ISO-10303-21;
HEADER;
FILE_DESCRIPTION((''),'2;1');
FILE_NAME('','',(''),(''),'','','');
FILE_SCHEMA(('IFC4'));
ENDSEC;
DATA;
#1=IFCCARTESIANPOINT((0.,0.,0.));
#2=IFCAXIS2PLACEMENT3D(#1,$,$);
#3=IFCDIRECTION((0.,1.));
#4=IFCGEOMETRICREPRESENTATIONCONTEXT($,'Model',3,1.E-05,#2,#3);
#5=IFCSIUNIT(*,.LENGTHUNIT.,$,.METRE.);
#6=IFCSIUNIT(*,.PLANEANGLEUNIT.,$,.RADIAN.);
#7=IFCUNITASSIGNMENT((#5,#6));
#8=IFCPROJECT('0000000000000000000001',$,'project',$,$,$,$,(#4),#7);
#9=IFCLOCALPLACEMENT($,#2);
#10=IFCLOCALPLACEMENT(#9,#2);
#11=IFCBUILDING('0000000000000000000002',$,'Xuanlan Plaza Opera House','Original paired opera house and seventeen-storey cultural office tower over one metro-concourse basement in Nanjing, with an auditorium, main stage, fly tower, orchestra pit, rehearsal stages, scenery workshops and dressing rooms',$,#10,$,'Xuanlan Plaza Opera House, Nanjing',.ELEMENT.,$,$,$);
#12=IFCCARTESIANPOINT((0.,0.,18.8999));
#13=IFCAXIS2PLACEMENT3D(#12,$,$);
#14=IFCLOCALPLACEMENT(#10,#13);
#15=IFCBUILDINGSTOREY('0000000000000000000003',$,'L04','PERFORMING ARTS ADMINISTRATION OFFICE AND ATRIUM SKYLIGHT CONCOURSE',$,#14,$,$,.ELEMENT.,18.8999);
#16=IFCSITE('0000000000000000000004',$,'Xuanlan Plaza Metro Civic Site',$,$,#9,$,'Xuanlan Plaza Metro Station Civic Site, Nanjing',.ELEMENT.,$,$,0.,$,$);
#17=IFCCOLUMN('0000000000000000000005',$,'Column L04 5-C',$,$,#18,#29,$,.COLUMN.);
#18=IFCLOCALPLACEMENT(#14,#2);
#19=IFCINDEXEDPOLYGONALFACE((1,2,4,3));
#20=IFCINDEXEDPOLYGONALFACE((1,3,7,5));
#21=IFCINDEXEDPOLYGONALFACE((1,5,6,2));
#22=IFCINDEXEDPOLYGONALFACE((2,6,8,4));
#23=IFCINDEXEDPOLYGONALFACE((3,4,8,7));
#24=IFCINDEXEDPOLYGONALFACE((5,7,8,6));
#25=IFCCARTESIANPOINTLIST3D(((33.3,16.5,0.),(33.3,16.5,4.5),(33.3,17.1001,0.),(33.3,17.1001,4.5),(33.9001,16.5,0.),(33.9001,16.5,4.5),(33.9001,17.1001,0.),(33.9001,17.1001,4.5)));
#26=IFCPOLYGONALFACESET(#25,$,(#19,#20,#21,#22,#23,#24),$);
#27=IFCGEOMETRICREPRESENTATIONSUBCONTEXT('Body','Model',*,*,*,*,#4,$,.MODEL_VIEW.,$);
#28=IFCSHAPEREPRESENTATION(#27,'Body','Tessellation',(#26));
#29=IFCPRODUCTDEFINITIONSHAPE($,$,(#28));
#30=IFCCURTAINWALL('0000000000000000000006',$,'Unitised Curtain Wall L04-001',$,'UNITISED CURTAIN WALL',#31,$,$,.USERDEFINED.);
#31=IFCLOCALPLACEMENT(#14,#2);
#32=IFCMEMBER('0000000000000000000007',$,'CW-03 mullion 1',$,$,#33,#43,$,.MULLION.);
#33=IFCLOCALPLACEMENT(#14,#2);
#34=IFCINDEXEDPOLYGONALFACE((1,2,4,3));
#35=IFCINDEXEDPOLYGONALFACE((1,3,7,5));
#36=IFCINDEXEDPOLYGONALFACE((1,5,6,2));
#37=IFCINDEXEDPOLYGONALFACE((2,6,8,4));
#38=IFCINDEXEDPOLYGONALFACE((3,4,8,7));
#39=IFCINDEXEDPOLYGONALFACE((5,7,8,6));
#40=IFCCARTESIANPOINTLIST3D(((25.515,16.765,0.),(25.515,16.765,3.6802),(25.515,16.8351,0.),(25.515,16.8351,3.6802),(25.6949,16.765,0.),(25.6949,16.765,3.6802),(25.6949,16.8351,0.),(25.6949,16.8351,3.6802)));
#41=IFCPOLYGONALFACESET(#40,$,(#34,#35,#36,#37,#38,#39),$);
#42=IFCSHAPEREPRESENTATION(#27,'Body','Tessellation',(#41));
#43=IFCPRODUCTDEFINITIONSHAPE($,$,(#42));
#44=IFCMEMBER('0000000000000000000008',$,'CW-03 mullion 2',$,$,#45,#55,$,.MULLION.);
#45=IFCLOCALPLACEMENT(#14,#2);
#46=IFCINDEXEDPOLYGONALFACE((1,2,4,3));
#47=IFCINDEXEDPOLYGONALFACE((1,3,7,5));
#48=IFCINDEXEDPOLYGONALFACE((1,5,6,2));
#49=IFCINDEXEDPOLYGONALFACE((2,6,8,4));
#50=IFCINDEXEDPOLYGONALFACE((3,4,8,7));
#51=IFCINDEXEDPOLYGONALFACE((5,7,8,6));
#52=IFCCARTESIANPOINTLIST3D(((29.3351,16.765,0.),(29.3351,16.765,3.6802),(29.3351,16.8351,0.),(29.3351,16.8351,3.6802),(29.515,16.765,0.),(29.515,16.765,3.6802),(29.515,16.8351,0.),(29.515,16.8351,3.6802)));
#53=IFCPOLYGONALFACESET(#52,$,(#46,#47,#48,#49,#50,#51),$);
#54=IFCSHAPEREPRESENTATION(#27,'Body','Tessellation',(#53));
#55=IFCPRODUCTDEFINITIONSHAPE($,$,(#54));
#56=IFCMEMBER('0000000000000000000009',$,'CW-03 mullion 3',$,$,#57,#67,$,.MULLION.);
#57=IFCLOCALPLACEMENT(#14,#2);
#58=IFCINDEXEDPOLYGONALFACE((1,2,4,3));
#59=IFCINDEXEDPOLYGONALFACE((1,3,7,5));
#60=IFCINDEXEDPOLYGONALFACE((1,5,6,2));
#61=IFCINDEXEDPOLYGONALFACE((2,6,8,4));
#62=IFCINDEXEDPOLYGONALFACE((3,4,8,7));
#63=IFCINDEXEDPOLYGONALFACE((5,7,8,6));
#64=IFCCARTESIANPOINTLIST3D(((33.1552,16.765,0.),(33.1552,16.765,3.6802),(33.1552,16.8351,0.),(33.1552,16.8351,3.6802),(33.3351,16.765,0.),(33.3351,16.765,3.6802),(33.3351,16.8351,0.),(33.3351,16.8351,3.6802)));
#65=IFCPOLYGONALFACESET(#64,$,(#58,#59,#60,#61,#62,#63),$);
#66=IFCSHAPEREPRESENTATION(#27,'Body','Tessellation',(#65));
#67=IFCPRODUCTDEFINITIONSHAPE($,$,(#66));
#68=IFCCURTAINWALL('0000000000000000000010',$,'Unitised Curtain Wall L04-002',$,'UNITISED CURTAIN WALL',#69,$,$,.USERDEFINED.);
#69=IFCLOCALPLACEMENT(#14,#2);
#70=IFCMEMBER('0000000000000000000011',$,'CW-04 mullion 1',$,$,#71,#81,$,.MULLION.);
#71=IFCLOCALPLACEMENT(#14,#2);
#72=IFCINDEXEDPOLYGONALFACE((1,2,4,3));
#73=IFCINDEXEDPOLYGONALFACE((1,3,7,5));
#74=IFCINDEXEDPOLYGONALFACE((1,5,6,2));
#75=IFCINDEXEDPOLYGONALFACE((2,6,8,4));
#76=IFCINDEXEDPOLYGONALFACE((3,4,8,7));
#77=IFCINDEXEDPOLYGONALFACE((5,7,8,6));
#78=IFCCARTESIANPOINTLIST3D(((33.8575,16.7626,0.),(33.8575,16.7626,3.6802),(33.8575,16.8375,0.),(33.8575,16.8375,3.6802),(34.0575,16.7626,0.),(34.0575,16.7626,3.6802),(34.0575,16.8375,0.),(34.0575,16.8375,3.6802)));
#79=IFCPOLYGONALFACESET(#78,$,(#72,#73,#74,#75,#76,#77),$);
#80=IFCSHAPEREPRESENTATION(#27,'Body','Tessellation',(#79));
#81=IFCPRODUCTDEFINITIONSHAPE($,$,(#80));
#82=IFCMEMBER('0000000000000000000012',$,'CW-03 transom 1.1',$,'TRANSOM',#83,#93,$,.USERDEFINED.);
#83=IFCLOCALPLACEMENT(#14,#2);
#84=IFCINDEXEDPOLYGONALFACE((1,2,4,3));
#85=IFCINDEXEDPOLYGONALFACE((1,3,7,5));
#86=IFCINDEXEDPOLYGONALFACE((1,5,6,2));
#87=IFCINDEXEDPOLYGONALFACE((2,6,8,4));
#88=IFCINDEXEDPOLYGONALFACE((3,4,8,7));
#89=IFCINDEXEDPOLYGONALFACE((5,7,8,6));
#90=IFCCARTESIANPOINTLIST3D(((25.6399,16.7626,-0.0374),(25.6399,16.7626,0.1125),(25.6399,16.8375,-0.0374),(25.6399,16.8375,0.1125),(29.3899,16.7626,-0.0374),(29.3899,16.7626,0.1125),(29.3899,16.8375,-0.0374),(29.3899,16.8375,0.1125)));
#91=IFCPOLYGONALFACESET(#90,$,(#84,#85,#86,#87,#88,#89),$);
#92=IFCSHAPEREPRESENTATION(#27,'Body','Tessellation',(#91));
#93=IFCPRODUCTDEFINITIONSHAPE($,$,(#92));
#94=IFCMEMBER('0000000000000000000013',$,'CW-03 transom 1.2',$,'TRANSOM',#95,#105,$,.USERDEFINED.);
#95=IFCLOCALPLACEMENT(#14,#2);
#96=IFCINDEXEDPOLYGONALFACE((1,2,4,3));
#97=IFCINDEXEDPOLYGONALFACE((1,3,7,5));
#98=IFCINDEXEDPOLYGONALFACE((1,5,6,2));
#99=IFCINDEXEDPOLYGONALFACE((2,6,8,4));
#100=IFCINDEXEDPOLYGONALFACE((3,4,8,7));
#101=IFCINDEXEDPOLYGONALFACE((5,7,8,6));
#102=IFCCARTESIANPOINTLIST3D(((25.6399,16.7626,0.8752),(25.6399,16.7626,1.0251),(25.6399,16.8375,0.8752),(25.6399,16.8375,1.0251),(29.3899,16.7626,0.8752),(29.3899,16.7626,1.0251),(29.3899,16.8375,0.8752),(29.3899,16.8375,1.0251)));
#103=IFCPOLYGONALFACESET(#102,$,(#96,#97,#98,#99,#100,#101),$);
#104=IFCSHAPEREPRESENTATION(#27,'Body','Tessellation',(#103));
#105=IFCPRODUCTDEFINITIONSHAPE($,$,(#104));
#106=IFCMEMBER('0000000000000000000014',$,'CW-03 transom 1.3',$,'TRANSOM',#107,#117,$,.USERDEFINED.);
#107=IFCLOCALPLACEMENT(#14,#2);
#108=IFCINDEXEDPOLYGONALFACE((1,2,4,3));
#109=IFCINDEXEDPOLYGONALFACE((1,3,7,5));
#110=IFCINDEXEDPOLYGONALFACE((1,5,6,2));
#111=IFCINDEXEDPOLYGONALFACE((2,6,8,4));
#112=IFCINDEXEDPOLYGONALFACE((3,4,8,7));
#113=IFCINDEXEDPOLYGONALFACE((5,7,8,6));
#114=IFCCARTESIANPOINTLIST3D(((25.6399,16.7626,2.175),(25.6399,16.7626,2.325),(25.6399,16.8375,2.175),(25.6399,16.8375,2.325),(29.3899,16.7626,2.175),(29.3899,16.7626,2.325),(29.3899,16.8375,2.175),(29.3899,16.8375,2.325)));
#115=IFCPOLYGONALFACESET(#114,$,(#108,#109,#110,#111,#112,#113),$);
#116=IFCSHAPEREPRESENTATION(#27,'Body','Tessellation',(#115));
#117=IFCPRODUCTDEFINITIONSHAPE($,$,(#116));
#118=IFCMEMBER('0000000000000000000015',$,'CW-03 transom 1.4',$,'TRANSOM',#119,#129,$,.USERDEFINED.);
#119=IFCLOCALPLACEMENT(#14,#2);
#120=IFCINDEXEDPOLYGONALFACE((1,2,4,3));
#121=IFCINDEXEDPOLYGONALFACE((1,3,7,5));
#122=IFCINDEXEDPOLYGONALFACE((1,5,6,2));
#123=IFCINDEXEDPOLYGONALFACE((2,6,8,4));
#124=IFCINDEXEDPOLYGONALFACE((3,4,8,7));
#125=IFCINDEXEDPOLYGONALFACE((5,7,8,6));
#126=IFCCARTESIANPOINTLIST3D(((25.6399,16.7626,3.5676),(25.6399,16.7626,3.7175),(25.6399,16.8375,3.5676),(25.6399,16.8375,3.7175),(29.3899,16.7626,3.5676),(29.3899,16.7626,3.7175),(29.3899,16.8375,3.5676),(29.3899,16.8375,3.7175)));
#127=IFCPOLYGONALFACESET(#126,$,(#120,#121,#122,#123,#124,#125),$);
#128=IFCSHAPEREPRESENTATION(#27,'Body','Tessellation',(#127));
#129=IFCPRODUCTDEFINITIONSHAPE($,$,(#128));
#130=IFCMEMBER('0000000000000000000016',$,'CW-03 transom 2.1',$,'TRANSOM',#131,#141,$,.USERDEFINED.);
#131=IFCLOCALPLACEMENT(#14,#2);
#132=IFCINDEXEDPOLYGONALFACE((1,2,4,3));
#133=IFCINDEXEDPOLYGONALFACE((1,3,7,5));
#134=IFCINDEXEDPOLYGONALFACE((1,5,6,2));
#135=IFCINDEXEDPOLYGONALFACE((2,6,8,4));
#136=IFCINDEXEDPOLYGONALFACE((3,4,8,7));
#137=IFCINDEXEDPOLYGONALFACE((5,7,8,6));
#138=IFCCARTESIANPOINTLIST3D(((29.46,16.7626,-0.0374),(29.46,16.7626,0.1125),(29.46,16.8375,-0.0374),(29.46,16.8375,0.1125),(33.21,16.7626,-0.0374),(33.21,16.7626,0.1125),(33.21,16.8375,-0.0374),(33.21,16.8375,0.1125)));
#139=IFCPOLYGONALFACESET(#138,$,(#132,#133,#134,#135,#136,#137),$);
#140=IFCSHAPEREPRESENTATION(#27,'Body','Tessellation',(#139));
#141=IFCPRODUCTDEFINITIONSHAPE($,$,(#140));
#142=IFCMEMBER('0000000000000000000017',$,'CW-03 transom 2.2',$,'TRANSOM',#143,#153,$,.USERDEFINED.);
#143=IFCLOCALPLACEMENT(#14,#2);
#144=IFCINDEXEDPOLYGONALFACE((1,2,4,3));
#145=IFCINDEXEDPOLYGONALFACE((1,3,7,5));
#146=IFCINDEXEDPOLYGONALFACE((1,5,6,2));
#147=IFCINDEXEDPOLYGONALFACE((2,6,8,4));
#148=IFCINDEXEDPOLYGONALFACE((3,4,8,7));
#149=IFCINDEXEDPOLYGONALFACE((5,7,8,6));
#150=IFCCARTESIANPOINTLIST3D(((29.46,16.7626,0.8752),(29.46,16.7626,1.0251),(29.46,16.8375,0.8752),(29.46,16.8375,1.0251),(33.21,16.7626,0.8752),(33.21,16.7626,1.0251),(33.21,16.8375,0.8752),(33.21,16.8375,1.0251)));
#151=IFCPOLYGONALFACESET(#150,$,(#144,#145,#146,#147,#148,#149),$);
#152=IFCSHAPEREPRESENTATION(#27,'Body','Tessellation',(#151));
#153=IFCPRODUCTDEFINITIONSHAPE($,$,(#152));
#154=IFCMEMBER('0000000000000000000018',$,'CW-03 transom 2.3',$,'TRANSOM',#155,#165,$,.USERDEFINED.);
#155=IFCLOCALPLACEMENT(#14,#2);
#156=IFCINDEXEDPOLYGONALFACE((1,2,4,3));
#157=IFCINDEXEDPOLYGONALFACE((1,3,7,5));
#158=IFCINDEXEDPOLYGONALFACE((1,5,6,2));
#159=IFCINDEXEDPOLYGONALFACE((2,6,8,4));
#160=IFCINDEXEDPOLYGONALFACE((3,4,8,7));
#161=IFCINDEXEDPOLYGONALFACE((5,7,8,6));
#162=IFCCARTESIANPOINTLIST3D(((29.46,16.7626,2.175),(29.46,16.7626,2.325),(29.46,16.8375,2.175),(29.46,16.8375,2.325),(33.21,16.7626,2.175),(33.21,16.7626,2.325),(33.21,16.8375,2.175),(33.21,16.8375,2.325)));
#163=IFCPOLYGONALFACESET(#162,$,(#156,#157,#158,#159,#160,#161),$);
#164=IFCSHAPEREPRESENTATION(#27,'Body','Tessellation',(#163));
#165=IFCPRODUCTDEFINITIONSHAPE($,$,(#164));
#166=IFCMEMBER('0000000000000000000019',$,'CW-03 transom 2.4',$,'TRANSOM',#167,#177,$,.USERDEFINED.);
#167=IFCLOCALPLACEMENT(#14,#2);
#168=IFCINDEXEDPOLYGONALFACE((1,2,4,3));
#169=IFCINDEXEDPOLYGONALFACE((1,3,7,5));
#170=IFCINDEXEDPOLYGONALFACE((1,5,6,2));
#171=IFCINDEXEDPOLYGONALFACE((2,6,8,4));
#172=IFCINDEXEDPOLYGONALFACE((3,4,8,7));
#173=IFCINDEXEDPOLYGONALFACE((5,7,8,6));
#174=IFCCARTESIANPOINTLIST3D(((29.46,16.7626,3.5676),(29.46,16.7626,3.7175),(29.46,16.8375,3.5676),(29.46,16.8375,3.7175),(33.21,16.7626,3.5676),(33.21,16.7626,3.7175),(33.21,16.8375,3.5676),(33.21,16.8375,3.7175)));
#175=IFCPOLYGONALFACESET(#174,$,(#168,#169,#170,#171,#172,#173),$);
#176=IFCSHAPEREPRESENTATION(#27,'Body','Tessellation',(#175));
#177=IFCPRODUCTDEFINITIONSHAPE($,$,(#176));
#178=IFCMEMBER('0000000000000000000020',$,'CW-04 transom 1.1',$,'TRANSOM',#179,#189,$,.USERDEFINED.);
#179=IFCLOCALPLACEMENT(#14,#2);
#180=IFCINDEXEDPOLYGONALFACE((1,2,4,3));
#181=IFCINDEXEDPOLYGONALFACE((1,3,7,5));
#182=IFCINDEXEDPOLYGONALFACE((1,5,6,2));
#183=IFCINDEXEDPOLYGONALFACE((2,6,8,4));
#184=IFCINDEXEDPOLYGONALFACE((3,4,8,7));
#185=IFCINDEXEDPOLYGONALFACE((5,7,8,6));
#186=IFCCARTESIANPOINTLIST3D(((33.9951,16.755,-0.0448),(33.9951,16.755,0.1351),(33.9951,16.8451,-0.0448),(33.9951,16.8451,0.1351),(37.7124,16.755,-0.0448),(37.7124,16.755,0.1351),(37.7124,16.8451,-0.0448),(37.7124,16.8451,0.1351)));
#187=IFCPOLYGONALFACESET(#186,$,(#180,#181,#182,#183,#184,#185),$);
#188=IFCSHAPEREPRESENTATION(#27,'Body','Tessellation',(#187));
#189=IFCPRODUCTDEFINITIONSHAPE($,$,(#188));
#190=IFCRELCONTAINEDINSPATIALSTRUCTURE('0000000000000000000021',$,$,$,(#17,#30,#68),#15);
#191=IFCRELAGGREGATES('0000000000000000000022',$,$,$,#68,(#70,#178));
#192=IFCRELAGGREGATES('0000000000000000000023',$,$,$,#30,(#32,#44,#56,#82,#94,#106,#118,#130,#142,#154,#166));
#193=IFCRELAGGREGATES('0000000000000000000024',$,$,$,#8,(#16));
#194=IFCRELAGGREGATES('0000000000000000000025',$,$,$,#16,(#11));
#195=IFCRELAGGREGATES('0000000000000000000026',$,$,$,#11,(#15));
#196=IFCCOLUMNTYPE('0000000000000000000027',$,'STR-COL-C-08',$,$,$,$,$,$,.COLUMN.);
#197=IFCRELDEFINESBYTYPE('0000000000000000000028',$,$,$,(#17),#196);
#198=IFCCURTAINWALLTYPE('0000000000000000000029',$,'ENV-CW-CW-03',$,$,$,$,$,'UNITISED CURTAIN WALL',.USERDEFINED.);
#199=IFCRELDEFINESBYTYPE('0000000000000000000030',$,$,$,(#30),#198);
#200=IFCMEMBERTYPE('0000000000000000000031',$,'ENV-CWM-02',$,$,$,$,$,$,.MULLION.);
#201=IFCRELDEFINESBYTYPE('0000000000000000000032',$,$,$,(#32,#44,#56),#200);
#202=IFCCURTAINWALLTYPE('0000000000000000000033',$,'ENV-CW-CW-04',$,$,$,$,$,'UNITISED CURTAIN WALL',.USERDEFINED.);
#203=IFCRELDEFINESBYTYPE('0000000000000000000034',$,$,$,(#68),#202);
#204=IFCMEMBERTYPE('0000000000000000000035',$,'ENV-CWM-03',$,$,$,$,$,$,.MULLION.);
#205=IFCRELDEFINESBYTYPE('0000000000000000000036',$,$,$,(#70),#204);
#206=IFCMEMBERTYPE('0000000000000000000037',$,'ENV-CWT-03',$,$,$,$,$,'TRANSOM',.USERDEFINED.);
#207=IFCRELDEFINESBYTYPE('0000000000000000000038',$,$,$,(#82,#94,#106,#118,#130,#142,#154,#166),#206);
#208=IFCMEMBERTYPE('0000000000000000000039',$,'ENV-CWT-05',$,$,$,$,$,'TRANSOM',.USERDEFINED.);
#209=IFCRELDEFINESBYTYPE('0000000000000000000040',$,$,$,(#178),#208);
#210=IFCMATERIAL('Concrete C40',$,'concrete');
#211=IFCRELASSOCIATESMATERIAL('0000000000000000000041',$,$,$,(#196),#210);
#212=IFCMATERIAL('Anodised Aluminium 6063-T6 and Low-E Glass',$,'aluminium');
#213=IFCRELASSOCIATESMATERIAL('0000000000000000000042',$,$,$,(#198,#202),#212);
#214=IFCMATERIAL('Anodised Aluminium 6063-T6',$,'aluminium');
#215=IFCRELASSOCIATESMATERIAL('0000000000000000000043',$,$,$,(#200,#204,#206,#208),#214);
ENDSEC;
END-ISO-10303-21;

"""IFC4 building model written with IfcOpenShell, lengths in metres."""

from ifc_helpers import new_model, si_unit, direction, frame, origin, origin_2d, place, context, subcontext, project, spatial, rectangle, extrude, material, material_profile, profile_set, type_object, element, aggregate, save


model = new_model("IFC4")

# Units and contexts
model_context = context("Model", 3, precision=1e-05, world=origin(), true_north=direction((0.0, 1.0)))
body_context = subcontext(model_context, "Body", "Model", "MODEL_VIEW")
ifc_project = project(units=[si_unit("LENGTHUNIT", "METRE"), si_unit("PLANEANGLEUNIT", "RADIAN")], contexts=[model_context])

# Site, building, storey
site_placement = place(None, origin())
site = spatial("IfcSite", under=ifc_project, at=site_placement, Name="Xuanlan Plaza Metro Civic Site", LongName="Xuanlan Plaza Metro Station Civic Site, Nanjing", CompositionType="ELEMENT", RefElevation=0.0)
building_placement = place(site_placement, origin())
building = spatial("IfcBuilding", under=site, at=building_placement, Name="Xuanlan Plaza Opera House", Description="Original paired opera house and seventeen-storey cultural office tower over one metro-concourse basement in Nanjing, with an auditorium, main stage, fly tower, orchestra pit, rehearsal stages, scenery workshops and dressing rooms", LongName="Xuanlan Plaza Opera House, Nanjing", CompositionType="ELEMENT")
storey_placement = place(building_placement, frame((0.0, 0.0, 18.8999)))
storey = spatial("IfcBuildingStorey", under=building, at=storey_placement, Name="L04", Description="PERFORMING ARTS ADMINISTRATION OFFICE AND ATRIUM SKYLIGHT CONCOURSE", CompositionType="ELEMENT", Elevation=18.8999)

# Column
ifc_material_1 = material(Name="Concrete C40", Category="concrete")
ifc_material_profile_1 = material_profile(ifc_material_1, rectangle(XDim=0.6001, YDim=0.6001, at=origin_2d()), Name="RC-COL 600x600")
ifc_profile_set_1 = profile_set([ifc_material_profile_1], Name="Concrete C40")
column_type = type_object("IfcColumnType", Name="STR-COL-C-08", PredefinedType="COLUMN", material=ifc_profile_set_1)
column_placement = place(storey_placement, frame((33.6001, 16.8, 0.0), z_axis=(0.0, 0.0, 1.0), x_axis=(1.0, 0.0, 0.0)))
element("IfcColumn", 1, at=column_placement, inside=storey, type_object=column_type, Name="Column L04 5-C", PredefinedType="COLUMN", context=body_context, shape_type="SweptSolid", body=[
    extrude(rectangle(XDim=0.6001, YDim=0.6001, at=origin_2d()), origin(), (0.0, 0.0, 1.0), 4.5),
])

# Curtain wall, members
ifc_material_2 = material(Name="Anodised Aluminium 6063-T6 and Low-E Glass", Category="aluminium")
curtain_wall_type_1 = type_object("IfcCurtainWallType", Name="ENV-CW-CW-03", ElementType="UNITISED CURTAIN WALL", PredefinedType="USERDEFINED", material=ifc_material_2)
curtain_wall_1_placement = place(storey_placement, origin())
curtain_wall_1 = element("IfcCurtainWall", 2, at=curtain_wall_1_placement, inside=storey, type_object=curtain_wall_type_1, Name="Unitised Curtain Wall L04-001", ObjectType="UNITISED CURTAIN WALL", PredefinedType="USERDEFINED")
ifc_material_3 = material(Name="Anodised Aluminium 6063-T6", Category="aluminium")
ifc_material_profile_2 = material_profile(ifc_material_3, rectangle(XDim=0.0701, YDim=0.1799, at=origin_2d()), Name="ALU-M 70x180")
ifc_profile_set_2 = profile_set([ifc_material_profile_2], Name="Anodised Aluminium 6063-T6")
member_type_1 = type_object("IfcMemberType", Name="ENV-CWM-02", PredefinedType="MULLION", material=ifc_profile_set_2)
member_1_placement = place(storey_placement, frame((25.605, 16.8, 0.0), z_axis=(0.0, 0.0, 1.0), x_axis=(0.0, 1.0, 0.0)))
member_1 = element("IfcMember", 3, at=member_1_placement, type_object=member_type_1, Name="CW-03 mullion 1", PredefinedType="MULLION", context=body_context, shape_type="SweptSolid", body=[
    extrude(rectangle(XDim=0.0701, YDim=0.1799, at=origin_2d()), origin(), (0.0, 0.0, 1.0), 3.6802),
])
member_2_placement = place(storey_placement, frame((29.425, 16.8, 0.0), z_axis=(0.0, 0.0, 1.0), x_axis=(0.0, 1.0, 0.0)))
member_2 = element("IfcMember", 4, at=member_2_placement, type_object=member_type_1, Name="CW-03 mullion 2", PredefinedType="MULLION", context=body_context, shape_type="SweptSolid", body=[
    extrude(rectangle(XDim=0.0701, YDim=0.1799, at=origin_2d()), origin(), (0.0, 0.0, 1.0), 3.6802),
])
member_3_placement = place(storey_placement, frame((33.2451, 16.8, 0.0), z_axis=(0.0, 0.0, 1.0), x_axis=(0.0, 1.0, 0.0)))
member_3 = element("IfcMember", 5, at=member_3_placement, type_object=member_type_1, Name="CW-03 mullion 3", PredefinedType="MULLION", context=body_context, shape_type="SweptSolid", body=[
    extrude(rectangle(XDim=0.0701, YDim=0.1799, at=origin_2d()), origin(), (0.0, 0.0, 1.0), 3.6802),
])

# Curtain wall, member
curtain_wall_type_2 = type_object("IfcCurtainWallType", Name="ENV-CW-CW-04", ElementType="UNITISED CURTAIN WALL", PredefinedType="USERDEFINED", material=ifc_material_2)
curtain_wall_2_placement = place(storey_placement, origin())
curtain_wall_2 = element("IfcCurtainWall", 6, at=curtain_wall_2_placement, inside=storey, type_object=curtain_wall_type_2, Name="Unitised Curtain Wall L04-002", ObjectType="UNITISED CURTAIN WALL", PredefinedType="USERDEFINED")
ifc_material_profile_3 = material_profile(ifc_material_3, rectangle(XDim=0.075, YDim=0.2, at=origin_2d()), Name="ALU-M 75x200")
ifc_profile_set_3 = profile_set([ifc_material_profile_3], Name="Anodised Aluminium 6063-T6")
member_type_2 = type_object("IfcMemberType", Name="ENV-CWM-03", PredefinedType="MULLION", material=ifc_profile_set_3)
member_4_placement = place(storey_placement, frame((33.9575, 16.8, 0.0), z_axis=(0.0, 0.0, 1.0), x_axis=(0.0, 1.0, 0.0)))
member_4 = element("IfcMember", 7, at=member_4_placement, type_object=member_type_2, Name="CW-04 mullion 1", PredefinedType="MULLION", context=body_context, shape_type="SweptSolid", body=[
    extrude(rectangle(XDim=0.075, YDim=0.2, at=origin_2d()), origin(), (0.0, 0.0, 1.0), 3.6802),
])

# Members
ifc_material_profile_4 = material_profile(ifc_material_3, rectangle(XDim=0.075, YDim=0.1499, at=origin_2d()), Name="ALU-T 75x150")
ifc_profile_set_4 = profile_set([ifc_material_profile_4], Name="Anodised Aluminium 6063-T6")
member_type_3 = type_object("IfcMemberType", Name="ENV-CWT-03", ElementType="TRANSOM", PredefinedType="USERDEFINED", material=ifc_profile_set_4)
member_5_placement = place(storey_placement, frame((25.6399, 16.8, 0.0376), z_axis=(1.0, 0.0, 0.0), x_axis=(0.0, 1.0, 0.0)))
member_5 = element("IfcMember", 8, at=member_5_placement, type_object=member_type_3, Name="CW-03 transom 1.1", ObjectType="TRANSOM", PredefinedType="USERDEFINED", context=body_context, shape_type="SweptSolid", body=[
    extrude(rectangle(XDim=0.075, YDim=0.1499, at=origin_2d()), origin(), (0.0, 0.0, 1.0), 3.75),
])
member_6_placement = place(storey_placement, frame((25.6399, 16.8, 0.9502), z_axis=(1.0, 0.0, 0.0), x_axis=(0.0, 1.0, 0.0)))
member_6 = element("IfcMember", 9, at=member_6_placement, type_object=member_type_3, Name="CW-03 transom 1.2", ObjectType="TRANSOM", PredefinedType="USERDEFINED", context=body_context, shape_type="SweptSolid", body=[
    extrude(rectangle(XDim=0.075, YDim=0.1499, at=origin_2d()), origin(), (0.0, 0.0, 1.0), 3.75),
])
member_7_placement = place(storey_placement, frame((25.6399, 16.8, 2.25), z_axis=(1.0, 0.0, 0.0), x_axis=(0.0, 1.0, 0.0)))
member_7 = element("IfcMember", 10, at=member_7_placement, type_object=member_type_3, Name="CW-03 transom 1.3", ObjectType="TRANSOM", PredefinedType="USERDEFINED", context=body_context, shape_type="SweptSolid", body=[
    extrude(rectangle(XDim=0.075, YDim=0.1499, at=origin_2d()), origin(), (0.0, 0.0, 1.0), 3.75),
])
member_8_placement = place(storey_placement, frame((25.6399, 16.8, 3.6426), z_axis=(1.0, 0.0, 0.0), x_axis=(0.0, 1.0, 0.0)))
member_8 = element("IfcMember", 11, at=member_8_placement, type_object=member_type_3, Name="CW-03 transom 1.4", ObjectType="TRANSOM", PredefinedType="USERDEFINED", context=body_context, shape_type="SweptSolid", body=[
    extrude(rectangle(XDim=0.075, YDim=0.1499, at=origin_2d()), origin(), (0.0, 0.0, 1.0), 3.75),
])
member_9_placement = place(storey_placement, frame((29.46, 16.8, 0.0376), z_axis=(1.0, 0.0, 0.0), x_axis=(0.0, 1.0, 0.0)))
member_9 = element("IfcMember", 12, at=member_9_placement, type_object=member_type_3, Name="CW-03 transom 2.1", ObjectType="TRANSOM", PredefinedType="USERDEFINED", context=body_context, shape_type="SweptSolid", body=[
    extrude(rectangle(XDim=0.075, YDim=0.1499, at=origin_2d()), origin(), (0.0, 0.0, 1.0), 3.75),
])
member_10_placement = place(storey_placement, frame((29.46, 16.8, 0.9502), z_axis=(1.0, 0.0, 0.0), x_axis=(0.0, 1.0, 0.0)))
member_10 = element("IfcMember", 13, at=member_10_placement, type_object=member_type_3, Name="CW-03 transom 2.2", ObjectType="TRANSOM", PredefinedType="USERDEFINED", context=body_context, shape_type="SweptSolid", body=[
    extrude(rectangle(XDim=0.075, YDim=0.1499, at=origin_2d()), origin(), (0.0, 0.0, 1.0), 3.75),
])
member_11_placement = place(storey_placement, frame((29.46, 16.8, 2.25), z_axis=(1.0, 0.0, 0.0), x_axis=(0.0, 1.0, 0.0)))
member_11 = element("IfcMember", 14, at=member_11_placement, type_object=member_type_3, Name="CW-03 transom 2.3", ObjectType="TRANSOM", PredefinedType="USERDEFINED", context=body_context, shape_type="SweptSolid", body=[
    extrude(rectangle(XDim=0.075, YDim=0.1499, at=origin_2d()), origin(), (0.0, 0.0, 1.0), 3.75),
])
member_12_placement = place(storey_placement, frame((29.46, 16.8, 3.6426), z_axis=(1.0, 0.0, 0.0), x_axis=(0.0, 1.0, 0.0)))
member_12 = element("IfcMember", 15, at=member_12_placement, type_object=member_type_3, Name="CW-03 transom 2.4", ObjectType="TRANSOM", PredefinedType="USERDEFINED", context=body_context, shape_type="SweptSolid", body=[
    extrude(rectangle(XDim=0.075, YDim=0.1499, at=origin_2d()), origin(), (0.0, 0.0, 1.0), 3.75),
])
ifc_material_profile_5 = material_profile(ifc_material_3, rectangle(XDim=0.0901, YDim=0.1799, at=origin_2d()), Name="ALU-T 90x180")
ifc_profile_set_5 = profile_set([ifc_material_profile_5], Name="Anodised Aluminium 6063-T6")
member_type_4 = type_object("IfcMemberType", Name="ENV-CWT-05", ElementType="TRANSOM", PredefinedType="USERDEFINED", material=ifc_profile_set_5)
member_13_placement = place(storey_placement, frame((33.9951, 16.8, 0.0452), z_axis=(1.0, 0.0, 0.0), x_axis=(0.0, 1.0, 0.0)))
member_13 = element("IfcMember", 16, at=member_13_placement, type_object=member_type_4, Name="CW-04 transom 1.1", ObjectType="TRANSOM", PredefinedType="USERDEFINED", context=body_context, shape_type="SweptSolid", body=[
    extrude(rectangle(XDim=0.0901, YDim=0.1799, at=origin_2d()), origin(), (0.0, 0.0, 1.0), 3.7173),
])
aggregate(curtain_wall_2, [member_4, member_13])

aggregate(curtain_wall_1, [member_1, member_2, member_3, member_5, member_6, member_7, member_8, member_9, member_10, member_11, member_12])

save(model, "model.ifc")
